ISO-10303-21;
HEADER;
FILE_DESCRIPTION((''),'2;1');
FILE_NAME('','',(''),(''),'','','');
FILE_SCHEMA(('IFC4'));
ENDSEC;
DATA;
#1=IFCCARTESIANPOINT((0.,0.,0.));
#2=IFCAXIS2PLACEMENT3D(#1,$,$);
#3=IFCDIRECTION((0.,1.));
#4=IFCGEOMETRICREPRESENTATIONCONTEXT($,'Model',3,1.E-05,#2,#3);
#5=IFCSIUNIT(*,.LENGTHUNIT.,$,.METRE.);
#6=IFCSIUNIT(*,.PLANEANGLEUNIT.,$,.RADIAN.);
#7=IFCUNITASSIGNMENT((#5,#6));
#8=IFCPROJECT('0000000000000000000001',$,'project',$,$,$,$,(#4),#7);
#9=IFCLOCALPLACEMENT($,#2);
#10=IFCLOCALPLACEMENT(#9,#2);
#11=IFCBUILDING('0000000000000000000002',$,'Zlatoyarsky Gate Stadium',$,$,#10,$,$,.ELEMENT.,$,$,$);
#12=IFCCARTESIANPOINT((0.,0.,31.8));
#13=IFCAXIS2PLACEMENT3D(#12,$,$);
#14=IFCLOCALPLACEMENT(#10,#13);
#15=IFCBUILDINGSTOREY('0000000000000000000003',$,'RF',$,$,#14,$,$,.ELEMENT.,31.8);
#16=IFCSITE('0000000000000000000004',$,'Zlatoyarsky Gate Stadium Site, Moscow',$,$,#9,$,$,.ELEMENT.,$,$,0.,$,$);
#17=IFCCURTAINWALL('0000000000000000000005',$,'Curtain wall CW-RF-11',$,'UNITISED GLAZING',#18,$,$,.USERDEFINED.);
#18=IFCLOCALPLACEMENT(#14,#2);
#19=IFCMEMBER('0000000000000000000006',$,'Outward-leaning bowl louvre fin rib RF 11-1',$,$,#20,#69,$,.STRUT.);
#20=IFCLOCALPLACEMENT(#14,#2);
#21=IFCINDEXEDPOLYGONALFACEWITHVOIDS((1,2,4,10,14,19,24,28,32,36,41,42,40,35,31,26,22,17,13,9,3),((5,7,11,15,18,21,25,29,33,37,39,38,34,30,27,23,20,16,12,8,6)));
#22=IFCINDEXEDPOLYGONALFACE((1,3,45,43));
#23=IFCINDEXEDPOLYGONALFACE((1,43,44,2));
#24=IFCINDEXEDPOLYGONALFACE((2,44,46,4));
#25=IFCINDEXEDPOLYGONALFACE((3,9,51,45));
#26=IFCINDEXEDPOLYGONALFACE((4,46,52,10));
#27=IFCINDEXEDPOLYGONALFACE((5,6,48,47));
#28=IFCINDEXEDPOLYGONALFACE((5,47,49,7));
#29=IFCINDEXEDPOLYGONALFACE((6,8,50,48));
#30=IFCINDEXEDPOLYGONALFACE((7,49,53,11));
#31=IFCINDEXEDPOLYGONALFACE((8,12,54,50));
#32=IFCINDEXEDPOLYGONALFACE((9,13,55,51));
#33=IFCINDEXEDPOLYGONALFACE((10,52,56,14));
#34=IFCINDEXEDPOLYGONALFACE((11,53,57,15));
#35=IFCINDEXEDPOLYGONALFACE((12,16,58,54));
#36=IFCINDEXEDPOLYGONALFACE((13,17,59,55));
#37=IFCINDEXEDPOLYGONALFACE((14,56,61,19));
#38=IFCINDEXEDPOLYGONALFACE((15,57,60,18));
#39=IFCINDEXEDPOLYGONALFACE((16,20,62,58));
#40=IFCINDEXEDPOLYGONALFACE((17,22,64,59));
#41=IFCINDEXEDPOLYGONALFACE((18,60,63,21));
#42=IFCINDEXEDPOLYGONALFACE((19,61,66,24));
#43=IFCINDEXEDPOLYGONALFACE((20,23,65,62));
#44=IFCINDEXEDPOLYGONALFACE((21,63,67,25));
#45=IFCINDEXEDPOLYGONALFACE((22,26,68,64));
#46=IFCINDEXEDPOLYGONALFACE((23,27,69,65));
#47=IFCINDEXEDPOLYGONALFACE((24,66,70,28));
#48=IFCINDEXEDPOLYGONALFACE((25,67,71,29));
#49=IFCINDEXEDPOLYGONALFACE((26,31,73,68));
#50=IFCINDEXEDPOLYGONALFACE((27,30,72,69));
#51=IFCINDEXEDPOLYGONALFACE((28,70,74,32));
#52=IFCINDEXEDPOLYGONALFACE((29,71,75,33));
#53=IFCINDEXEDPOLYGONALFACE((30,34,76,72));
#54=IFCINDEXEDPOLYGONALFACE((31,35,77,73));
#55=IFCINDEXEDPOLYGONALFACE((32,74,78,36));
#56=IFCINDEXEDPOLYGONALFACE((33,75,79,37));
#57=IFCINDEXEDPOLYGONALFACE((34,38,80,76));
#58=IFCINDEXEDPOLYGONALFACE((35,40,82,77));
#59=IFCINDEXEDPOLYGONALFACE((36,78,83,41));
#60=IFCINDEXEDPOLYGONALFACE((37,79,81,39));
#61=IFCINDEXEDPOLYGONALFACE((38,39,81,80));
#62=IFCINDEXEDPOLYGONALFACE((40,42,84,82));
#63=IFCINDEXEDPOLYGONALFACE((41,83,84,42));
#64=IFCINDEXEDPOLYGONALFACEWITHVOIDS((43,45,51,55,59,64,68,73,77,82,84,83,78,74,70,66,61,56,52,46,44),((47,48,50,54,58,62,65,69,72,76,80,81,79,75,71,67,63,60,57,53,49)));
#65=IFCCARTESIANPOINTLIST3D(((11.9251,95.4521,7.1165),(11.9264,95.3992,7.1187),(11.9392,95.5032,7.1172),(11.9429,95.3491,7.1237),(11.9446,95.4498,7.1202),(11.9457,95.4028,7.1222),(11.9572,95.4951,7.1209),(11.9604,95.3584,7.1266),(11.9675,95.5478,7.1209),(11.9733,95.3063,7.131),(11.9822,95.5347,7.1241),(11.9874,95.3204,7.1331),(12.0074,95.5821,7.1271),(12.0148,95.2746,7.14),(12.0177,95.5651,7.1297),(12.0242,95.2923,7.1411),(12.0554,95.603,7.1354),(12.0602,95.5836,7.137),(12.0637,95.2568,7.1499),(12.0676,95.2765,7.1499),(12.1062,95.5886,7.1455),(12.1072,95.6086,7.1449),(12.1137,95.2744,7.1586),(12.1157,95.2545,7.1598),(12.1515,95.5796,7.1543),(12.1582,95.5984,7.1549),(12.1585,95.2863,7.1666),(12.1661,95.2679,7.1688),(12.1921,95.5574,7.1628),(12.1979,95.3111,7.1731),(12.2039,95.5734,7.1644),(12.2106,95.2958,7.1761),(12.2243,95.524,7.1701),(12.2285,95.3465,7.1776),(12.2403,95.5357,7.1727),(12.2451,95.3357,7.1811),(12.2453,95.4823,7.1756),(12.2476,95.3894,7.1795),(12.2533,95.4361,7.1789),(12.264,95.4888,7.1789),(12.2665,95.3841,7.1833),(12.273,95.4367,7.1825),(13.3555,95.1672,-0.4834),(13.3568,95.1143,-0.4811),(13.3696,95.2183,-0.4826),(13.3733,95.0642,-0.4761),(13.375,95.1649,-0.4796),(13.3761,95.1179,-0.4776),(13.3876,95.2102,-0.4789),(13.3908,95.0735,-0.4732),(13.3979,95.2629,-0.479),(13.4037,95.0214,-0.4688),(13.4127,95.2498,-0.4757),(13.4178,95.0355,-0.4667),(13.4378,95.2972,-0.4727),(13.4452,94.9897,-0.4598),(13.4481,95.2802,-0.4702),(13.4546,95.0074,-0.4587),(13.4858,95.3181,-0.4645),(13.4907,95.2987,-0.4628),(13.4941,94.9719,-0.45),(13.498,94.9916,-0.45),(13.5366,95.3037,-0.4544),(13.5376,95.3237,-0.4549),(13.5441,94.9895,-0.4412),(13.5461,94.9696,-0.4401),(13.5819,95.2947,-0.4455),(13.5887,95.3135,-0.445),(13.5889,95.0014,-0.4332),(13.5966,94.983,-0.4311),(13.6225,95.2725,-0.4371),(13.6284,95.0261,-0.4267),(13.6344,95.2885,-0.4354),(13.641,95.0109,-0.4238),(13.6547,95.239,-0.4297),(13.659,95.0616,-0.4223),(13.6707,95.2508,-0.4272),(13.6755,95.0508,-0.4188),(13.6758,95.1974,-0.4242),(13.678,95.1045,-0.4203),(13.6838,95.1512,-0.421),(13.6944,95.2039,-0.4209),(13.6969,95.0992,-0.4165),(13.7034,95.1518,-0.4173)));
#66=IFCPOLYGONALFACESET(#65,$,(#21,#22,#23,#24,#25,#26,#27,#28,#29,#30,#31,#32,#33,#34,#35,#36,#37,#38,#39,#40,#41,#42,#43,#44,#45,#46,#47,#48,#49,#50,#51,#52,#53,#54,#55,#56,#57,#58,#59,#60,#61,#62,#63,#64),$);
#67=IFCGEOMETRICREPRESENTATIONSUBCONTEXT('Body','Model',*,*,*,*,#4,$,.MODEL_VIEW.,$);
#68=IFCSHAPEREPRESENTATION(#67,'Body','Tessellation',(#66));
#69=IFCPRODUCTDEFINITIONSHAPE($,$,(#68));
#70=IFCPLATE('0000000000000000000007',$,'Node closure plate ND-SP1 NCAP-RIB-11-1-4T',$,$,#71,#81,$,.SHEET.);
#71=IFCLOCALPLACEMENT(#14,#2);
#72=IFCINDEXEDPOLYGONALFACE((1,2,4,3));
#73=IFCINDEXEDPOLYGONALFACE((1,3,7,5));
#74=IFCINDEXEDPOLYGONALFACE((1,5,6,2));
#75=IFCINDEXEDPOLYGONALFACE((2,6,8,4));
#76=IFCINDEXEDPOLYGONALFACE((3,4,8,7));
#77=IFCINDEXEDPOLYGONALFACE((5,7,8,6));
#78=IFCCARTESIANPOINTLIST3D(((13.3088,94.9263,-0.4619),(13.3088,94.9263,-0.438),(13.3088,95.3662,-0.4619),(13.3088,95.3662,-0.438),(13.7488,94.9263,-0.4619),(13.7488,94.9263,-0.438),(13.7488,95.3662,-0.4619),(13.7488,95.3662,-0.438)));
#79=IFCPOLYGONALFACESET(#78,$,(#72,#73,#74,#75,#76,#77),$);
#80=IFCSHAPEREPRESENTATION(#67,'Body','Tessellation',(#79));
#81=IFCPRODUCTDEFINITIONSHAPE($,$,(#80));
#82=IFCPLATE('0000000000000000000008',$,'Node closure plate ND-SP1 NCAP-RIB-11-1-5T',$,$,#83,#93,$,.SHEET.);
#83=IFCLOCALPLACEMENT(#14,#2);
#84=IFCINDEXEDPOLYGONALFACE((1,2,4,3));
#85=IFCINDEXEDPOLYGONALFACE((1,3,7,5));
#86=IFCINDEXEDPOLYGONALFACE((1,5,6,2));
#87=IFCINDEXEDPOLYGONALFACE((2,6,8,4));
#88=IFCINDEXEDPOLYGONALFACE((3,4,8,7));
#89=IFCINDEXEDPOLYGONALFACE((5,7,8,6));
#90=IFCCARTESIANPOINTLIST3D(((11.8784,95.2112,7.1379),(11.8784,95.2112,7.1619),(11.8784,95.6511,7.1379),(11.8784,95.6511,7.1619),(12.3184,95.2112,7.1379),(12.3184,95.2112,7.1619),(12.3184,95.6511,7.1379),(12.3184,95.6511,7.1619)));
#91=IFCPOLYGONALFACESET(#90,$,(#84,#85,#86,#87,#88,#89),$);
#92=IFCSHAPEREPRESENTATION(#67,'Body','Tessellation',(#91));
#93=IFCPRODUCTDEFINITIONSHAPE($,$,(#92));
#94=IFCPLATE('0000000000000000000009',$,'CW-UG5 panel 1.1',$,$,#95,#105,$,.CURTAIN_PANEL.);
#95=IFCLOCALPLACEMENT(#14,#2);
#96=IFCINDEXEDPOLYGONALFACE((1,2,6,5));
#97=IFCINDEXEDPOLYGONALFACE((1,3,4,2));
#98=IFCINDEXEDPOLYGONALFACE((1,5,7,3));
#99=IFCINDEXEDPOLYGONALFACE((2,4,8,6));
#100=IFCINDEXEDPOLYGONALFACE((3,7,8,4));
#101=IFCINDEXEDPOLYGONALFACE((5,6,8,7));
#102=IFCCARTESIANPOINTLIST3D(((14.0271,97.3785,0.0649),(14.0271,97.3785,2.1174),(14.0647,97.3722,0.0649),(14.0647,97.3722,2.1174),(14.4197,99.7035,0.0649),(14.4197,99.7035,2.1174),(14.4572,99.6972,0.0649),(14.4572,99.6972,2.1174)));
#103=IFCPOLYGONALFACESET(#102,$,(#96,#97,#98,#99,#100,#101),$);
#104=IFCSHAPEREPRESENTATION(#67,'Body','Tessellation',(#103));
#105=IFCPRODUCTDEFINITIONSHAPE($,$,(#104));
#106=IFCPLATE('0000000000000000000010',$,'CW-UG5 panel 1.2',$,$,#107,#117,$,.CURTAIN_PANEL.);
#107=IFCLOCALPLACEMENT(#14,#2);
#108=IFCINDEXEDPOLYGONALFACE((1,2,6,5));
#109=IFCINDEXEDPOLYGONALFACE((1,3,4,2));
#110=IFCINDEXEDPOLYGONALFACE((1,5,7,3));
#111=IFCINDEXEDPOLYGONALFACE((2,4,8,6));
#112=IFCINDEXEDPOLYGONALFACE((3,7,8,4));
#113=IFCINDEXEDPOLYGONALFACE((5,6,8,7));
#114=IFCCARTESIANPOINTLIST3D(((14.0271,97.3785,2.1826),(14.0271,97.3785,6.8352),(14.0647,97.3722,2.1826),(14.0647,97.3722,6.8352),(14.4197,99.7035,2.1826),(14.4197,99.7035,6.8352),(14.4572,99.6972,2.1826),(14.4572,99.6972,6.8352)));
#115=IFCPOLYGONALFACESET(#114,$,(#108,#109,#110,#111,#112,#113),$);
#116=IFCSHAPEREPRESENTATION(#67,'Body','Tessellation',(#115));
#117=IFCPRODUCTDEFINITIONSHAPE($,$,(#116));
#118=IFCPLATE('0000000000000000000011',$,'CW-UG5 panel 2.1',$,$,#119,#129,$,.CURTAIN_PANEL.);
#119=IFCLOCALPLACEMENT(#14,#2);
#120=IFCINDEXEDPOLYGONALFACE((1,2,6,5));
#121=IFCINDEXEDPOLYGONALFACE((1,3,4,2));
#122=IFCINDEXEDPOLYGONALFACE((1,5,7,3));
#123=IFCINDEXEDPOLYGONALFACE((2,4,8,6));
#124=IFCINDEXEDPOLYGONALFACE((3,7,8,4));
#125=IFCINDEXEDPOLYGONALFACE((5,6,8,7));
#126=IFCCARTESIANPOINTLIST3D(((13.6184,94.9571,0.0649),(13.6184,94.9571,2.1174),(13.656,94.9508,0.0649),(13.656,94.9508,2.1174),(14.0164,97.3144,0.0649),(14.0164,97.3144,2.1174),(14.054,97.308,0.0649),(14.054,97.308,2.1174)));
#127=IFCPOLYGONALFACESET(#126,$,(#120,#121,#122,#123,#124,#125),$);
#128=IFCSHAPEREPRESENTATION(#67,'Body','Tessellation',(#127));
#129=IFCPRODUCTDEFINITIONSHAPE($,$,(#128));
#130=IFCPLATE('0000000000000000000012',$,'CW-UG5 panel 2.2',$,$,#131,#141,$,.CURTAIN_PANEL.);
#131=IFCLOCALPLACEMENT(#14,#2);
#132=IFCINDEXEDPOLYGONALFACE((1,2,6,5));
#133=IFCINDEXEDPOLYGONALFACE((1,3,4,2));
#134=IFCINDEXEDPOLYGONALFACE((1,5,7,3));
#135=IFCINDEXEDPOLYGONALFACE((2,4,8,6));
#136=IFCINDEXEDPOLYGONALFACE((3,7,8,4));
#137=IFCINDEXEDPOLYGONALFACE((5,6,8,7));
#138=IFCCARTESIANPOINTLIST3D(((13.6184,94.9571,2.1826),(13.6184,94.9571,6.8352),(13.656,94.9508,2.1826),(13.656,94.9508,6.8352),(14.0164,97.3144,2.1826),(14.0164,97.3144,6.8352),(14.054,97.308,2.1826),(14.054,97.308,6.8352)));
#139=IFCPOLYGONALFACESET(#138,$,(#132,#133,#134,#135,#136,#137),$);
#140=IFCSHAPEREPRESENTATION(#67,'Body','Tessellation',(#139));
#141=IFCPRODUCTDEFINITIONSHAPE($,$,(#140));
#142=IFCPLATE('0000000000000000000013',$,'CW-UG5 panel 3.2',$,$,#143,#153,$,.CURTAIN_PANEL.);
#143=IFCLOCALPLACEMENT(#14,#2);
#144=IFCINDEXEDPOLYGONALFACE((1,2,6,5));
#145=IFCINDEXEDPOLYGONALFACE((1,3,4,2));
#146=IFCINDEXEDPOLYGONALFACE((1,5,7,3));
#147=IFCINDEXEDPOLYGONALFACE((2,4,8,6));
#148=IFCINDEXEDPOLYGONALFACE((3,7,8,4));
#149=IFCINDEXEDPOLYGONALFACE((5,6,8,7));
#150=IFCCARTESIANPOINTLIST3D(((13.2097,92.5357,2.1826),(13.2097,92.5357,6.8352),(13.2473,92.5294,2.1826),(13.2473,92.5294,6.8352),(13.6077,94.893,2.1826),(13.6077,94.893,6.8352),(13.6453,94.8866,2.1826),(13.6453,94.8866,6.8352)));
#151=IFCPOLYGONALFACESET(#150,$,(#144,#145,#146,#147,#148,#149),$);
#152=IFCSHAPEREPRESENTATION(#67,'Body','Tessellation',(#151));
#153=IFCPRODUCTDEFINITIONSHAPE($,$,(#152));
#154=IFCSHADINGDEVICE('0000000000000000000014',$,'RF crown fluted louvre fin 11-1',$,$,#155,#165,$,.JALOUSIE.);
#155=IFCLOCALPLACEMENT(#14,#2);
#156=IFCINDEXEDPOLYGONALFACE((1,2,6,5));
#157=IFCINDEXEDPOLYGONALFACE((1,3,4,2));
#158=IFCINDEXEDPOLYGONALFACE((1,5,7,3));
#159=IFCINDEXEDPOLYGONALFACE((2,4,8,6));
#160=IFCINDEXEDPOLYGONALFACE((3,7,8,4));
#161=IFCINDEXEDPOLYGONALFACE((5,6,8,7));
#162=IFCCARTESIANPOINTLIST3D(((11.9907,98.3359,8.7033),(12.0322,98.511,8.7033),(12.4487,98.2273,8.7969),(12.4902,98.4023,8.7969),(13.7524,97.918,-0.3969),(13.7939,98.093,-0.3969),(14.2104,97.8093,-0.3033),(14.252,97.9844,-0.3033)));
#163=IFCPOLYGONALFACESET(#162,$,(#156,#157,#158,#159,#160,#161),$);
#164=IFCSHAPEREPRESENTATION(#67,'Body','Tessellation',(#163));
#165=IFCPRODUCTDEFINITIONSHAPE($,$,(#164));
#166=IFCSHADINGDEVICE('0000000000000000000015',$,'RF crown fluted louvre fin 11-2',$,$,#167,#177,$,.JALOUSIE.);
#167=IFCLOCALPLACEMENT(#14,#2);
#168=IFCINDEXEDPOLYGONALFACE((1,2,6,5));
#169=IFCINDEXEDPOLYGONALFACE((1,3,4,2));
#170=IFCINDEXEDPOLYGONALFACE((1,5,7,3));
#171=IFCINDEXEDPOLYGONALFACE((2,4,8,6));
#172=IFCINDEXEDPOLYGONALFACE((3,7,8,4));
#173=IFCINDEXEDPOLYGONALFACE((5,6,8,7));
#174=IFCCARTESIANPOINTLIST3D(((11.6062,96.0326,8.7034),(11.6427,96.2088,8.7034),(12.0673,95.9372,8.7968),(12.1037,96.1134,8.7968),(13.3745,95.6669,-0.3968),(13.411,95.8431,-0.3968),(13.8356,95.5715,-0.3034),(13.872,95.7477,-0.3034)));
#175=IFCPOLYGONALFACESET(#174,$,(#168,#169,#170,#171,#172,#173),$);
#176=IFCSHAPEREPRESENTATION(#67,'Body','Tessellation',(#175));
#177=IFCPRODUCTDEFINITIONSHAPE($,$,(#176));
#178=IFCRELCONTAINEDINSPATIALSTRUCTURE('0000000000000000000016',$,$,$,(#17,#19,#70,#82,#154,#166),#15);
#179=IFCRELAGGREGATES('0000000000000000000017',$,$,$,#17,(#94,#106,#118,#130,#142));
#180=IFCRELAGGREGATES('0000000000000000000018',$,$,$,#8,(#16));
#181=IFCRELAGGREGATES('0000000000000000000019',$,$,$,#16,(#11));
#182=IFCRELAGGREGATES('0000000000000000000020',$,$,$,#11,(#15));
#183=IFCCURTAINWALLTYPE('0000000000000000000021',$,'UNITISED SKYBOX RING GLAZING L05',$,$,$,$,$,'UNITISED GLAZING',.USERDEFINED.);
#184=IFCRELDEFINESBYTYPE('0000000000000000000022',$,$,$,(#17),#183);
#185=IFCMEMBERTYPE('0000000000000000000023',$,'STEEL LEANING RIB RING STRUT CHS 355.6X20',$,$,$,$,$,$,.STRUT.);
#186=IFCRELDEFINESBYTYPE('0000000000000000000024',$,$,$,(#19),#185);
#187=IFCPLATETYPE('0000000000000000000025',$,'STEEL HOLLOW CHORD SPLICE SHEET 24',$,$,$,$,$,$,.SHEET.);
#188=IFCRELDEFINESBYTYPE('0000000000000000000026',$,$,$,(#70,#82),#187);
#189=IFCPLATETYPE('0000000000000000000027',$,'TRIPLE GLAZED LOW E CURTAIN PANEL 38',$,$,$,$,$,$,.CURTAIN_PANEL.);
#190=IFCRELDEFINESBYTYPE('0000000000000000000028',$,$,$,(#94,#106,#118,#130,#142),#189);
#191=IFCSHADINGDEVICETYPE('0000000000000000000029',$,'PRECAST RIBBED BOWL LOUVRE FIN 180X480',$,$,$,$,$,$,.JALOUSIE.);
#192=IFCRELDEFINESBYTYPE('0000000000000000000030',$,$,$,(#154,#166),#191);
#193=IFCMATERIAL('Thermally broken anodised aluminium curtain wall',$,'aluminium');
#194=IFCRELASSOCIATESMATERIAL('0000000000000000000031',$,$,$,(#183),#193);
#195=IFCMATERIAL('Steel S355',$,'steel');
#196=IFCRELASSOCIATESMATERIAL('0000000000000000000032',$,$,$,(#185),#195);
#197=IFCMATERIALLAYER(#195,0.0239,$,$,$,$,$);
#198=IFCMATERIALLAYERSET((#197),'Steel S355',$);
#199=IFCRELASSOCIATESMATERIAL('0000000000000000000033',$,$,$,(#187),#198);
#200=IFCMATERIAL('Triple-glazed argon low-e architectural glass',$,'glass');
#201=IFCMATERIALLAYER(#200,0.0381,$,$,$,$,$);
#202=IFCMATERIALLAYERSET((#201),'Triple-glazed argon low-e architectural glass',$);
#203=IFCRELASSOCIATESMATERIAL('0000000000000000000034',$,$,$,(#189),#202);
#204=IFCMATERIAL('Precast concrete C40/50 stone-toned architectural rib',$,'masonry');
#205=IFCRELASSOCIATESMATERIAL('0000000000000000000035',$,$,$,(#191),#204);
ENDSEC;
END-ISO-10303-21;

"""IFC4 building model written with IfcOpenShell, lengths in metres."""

from ifc_helpers import new_model, si_unit, direction, frame, origin, origin_2d, place, context, subcontext, project, spatial, rectangle, hollow_circle, extrude, material, layer, layer_set, material_profile, profile_set, type_object, element, aggregate, save


model = new_model("IFC4")

# Units and contexts
model_context = context("Model", 3, precision=1e-05, world=origin(), true_north=direction((0.0, 1.0)))
body_context = subcontext(model_context, "Body", "Model", "MODEL_VIEW")
ifc_project = project(units=[si_unit("LENGTHUNIT", "METRE"), si_unit("PLANEANGLEUNIT", "RADIAN")], contexts=[model_context])

# Site, building, storey
site_placement = place(None, origin())
site = spatial("IfcSite", under=ifc_project, at=site_placement, Name="Zlatoyarsky Gate Stadium Site, Moscow", CompositionType="ELEMENT", RefElevation=0.0)
building_placement = place(site_placement, origin())
building = spatial("IfcBuilding", under=site, at=building_placement, Name="Zlatoyarsky Gate Stadium", CompositionType="ELEMENT")
storey_placement = place(building_placement, frame((0.0, 0.0, 31.8)))
storey = spatial("IfcBuildingStorey", under=building, at=storey_placement, Name="RF", CompositionType="ELEMENT", Elevation=31.8)

# Curtain wall
ifc_material_1 = material(Name="Thermally broken anodised aluminium curtain wall", Category="aluminium")
curtain_wall_type = type_object("IfcCurtainWallType", Name="UNITISED SKYBOX RING GLAZING L05", ElementType="UNITISED GLAZING", PredefinedType="USERDEFINED", material=ifc_material_1)
curtain_wall_placement = place(storey_placement, origin())
curtain_wall = element("IfcCurtainWall", 1, at=curtain_wall_placement, inside=storey, type_object=curtain_wall_type, Name="Curtain wall CW-RF-11", ObjectType="UNITISED GLAZING", PredefinedType="USERDEFINED")

# Member
ifc_material_2 = material(Name="Steel S355", Category="steel")
ifc_material_profile_1 = material_profile(ifc_material_2, hollow_circle(Radius=0.1777, WallThickness=0.02, at=origin_2d()), Name="CHS 355.6X20")
ifc_profile_set_1 = profile_set([ifc_material_profile_1], Name="Steel S355")
member_type_1 = type_object("IfcMemberType", Name="STEEL LEANING RIB RING STRUT CHS 355.6X20", PredefinedType="STRUT", material=ifc_profile_set_1)
member_1_placement = place(storey_placement, frame((13.5288, 95.1462, -0.45), z_axis=(-0.184844, 0.036817, 0.982078), x_axis=(-0.195344, -0.980735, 0.0)))
element("IfcMember", 2, at=member_1_placement, inside=storey, type_object=member_type_1, Name="Outward-leaning bowl louvre fin rib RF 11-1", PredefinedType="STRUT", context=body_context, shape_type="SweptSolid", body=[
    extrude(hollow_circle(Radius=0.1777, WallThickness=0.02, at=origin_2d()), origin(), (0.0, 0.0, 1.0), 7.7385),
])

# Plates
ifc_layer_1 = layer(ifc_material_2, 0.0239)
ifc_layer_set_1 = layer_set([ifc_layer_1], Name="Steel S355")
plate_type_1 = type_object("IfcPlateType", Name="STEEL HOLLOW CHORD SPLICE SHEET 24", PredefinedType="SHEET", material=ifc_layer_set_1)
for number, where, z_axis, x_axis, name in (
    (3, (13.5288, 95.1462, -0.4619), (0.0, 0.0, 1.0), (1.0, 0.0, 0.0), "Node closure plate ND-SP1 NCAP-RIB-11-1-4T"),
    (4, (12.0984, 95.4312, 7.1379), (0.0, 0.0, 1.0), (1.0, 0.0, 0.0), "Node closure plate ND-SP1 NCAP-RIB-11-1-5T"),
):
    element("IfcPlate", number, at=place(storey_placement, frame(where, z_axis=z_axis, x_axis=x_axis)), inside=storey, type_object=plate_type_1, Name=name, PredefinedType="SHEET", context=body_context, shape_type="SweptSolid", body=[
        extrude(rectangle(XDim=0.4399, YDim=0.4399, at=origin_2d()), origin(), (0.0, 0.0, 1.0), 0.0239),
    ])

# Plates
ifc_material_3 = material(Name="Triple-glazed argon low-e architectural glass", Category="glass")
ifc_layer_2 = layer(ifc_material_3, 0.0381)
ifc_layer_set_2 = layer_set([ifc_layer_2], Name="Triple-glazed argon low-e architectural glass")
plate_type_2 = type_object("IfcPlateType", Name="TRIPLE GLAZED LOW E CURTAIN PANEL 38", PredefinedType="CURTAIN_PANEL", material=ifc_layer_set_2)
plate_1_placement = place(storey_placement, frame((14.2422, 98.5378, 0.0649), z_axis=(0.0, 0.0, 1.0), x_axis=(-0.166482, -0.986044, 0.0)))
plate_1 = element("IfcPlate", 5, at=plate_1_placement, type_object=plate_type_2, Name="CW-UG5 panel 1.1", PredefinedType="CURTAIN_PANEL", context=body_context, shape_type="SweptSolid", body=[
    extrude(rectangle(XDim=2.3579, YDim=0.0381, at=origin_2d()), origin(), (0.0, 0.0, 1.0), 2.0525),
])
plate_2_placement = place(storey_placement, frame((14.2422, 98.5378, 2.1826), z_axis=(0.0, 0.0, 1.0), x_axis=(-0.166482, -0.986044, 0.0)))
plate_2 = element("IfcPlate", 6, at=plate_2_placement, type_object=plate_type_2, Name="CW-UG5 panel 1.2", PredefinedType="CURTAIN_PANEL", context=body_context, shape_type="SweptSolid", body=[
    extrude(rectangle(XDim=2.3579, YDim=0.0381, at=origin_2d()), origin(), (0.0, 0.0, 1.0), 4.6526),
])
plate_3_placement = place(storey_placement, frame((13.8362, 96.1326, 0.0649), z_axis=(0.0, 0.0, 1.0), x_axis=(-0.166482, -0.986044, 0.0)))
plate_3 = element("IfcPlate", 7, at=plate_3_placement, type_object=plate_type_2, Name="CW-UG5 panel 2.1", PredefinedType="CURTAIN_PANEL", context=body_context, shape_type="SweptSolid", body=[
    extrude(rectangle(XDim=2.3906, YDim=0.0381, at=origin_2d()), origin(), (0.0, 0.0, 1.0), 2.0525),
])
plate_4_placement = place(storey_placement, frame((13.8362, 96.1326, 2.1826), z_axis=(0.0, 0.0, 1.0), x_axis=(-0.166482, -0.986044, 0.0)))
plate_4 = element("IfcPlate", 8, at=plate_4_placement, type_object=plate_type_2, Name="CW-UG5 panel 2.2", PredefinedType="CURTAIN_PANEL", context=body_context, shape_type="SweptSolid", body=[
    extrude(rectangle(XDim=2.3906, YDim=0.0381, at=origin_2d()), origin(), (0.0, 0.0, 1.0), 4.6526),
])
plate_5_placement = place(storey_placement, frame((13.4275, 93.7112, 2.1826), z_axis=(0.0, 0.0, 1.0), x_axis=(-0.166482, -0.986044, 0.0)))
plate_5 = element("IfcPlate", 9, at=plate_5_placement, type_object=plate_type_2, Name="CW-UG5 panel 3.2", PredefinedType="CURTAIN_PANEL", context=body_context, shape_type="SweptSolid", body=[
    extrude(rectangle(XDim=2.3906, YDim=0.0381, at=origin_2d()), origin(), (0.0, 0.0, 1.0), 4.6526),
])
aggregate(curtain_wall, [plate_1, plate_2, plate_3, plate_4, plate_5])

# Shading devices
ifc_material_4 = material(Name="Precast concrete C40/50 stone-toned architectural rib", Category="masonry")
ifc_material_profile_2 = material_profile(ifc_material_4, rectangle(XDim=0.1799, YDim=0.48, at=origin_2d()), Name="RIB 180X480")
ifc_profile_set_2 = profile_set([ifc_material_profile_2], Name="Precast concrete C40/50 stone-toned architectural rib")
shading_device_type = type_object("IfcShadingDeviceType", Name="PRECAST RIBBED BOWL LOUVRE FIN 180X480", PredefinedType="JALOUSIE", material=ifc_profile_set_2)
shading_device_1_placement = place(storey_placement, frame((14.0022, 97.9512, -0.3501), z_axis=(-0.189872, 0.045047, 0.980775), x_axis=(-0.230843, -0.972991, 0.0)))
element("IfcShadingDevice", 10, at=shading_device_1_placement, inside=storey, type_object=shading_device_type, Name="RF crown fluted louvre fin 11-1", PredefinedType="JALOUSIE", context=body_context, shape_type="SweptSolid", body=[
    extrude(rectangle(XDim=0.1799, YDim=0.48, at=origin_2d()), origin(), (0.0, 0.0, 1.0), 9.2786),
])
shading_device_2_placement = place(storey_placement, frame((13.6233, 95.7073, -0.3501), z_axis=(-0.190602, 0.03942, 0.980876), x_axis=(-0.202534, -0.979275, 0.0)))
element("IfcShadingDevice", 11, at=shading_device_2_placement, inside=storey, type_object=shading_device_type, Name="RF crown fluted louvre fin 11-2", PredefinedType="JALOUSIE", context=body_context, shape_type="SweptSolid", body=[
    extrude(rectangle(XDim=0.1799, YDim=0.48, at=origin_2d()), origin(), (0.0, 0.0, 1.0), 9.2776),
])

save(model, "model.ifc")
